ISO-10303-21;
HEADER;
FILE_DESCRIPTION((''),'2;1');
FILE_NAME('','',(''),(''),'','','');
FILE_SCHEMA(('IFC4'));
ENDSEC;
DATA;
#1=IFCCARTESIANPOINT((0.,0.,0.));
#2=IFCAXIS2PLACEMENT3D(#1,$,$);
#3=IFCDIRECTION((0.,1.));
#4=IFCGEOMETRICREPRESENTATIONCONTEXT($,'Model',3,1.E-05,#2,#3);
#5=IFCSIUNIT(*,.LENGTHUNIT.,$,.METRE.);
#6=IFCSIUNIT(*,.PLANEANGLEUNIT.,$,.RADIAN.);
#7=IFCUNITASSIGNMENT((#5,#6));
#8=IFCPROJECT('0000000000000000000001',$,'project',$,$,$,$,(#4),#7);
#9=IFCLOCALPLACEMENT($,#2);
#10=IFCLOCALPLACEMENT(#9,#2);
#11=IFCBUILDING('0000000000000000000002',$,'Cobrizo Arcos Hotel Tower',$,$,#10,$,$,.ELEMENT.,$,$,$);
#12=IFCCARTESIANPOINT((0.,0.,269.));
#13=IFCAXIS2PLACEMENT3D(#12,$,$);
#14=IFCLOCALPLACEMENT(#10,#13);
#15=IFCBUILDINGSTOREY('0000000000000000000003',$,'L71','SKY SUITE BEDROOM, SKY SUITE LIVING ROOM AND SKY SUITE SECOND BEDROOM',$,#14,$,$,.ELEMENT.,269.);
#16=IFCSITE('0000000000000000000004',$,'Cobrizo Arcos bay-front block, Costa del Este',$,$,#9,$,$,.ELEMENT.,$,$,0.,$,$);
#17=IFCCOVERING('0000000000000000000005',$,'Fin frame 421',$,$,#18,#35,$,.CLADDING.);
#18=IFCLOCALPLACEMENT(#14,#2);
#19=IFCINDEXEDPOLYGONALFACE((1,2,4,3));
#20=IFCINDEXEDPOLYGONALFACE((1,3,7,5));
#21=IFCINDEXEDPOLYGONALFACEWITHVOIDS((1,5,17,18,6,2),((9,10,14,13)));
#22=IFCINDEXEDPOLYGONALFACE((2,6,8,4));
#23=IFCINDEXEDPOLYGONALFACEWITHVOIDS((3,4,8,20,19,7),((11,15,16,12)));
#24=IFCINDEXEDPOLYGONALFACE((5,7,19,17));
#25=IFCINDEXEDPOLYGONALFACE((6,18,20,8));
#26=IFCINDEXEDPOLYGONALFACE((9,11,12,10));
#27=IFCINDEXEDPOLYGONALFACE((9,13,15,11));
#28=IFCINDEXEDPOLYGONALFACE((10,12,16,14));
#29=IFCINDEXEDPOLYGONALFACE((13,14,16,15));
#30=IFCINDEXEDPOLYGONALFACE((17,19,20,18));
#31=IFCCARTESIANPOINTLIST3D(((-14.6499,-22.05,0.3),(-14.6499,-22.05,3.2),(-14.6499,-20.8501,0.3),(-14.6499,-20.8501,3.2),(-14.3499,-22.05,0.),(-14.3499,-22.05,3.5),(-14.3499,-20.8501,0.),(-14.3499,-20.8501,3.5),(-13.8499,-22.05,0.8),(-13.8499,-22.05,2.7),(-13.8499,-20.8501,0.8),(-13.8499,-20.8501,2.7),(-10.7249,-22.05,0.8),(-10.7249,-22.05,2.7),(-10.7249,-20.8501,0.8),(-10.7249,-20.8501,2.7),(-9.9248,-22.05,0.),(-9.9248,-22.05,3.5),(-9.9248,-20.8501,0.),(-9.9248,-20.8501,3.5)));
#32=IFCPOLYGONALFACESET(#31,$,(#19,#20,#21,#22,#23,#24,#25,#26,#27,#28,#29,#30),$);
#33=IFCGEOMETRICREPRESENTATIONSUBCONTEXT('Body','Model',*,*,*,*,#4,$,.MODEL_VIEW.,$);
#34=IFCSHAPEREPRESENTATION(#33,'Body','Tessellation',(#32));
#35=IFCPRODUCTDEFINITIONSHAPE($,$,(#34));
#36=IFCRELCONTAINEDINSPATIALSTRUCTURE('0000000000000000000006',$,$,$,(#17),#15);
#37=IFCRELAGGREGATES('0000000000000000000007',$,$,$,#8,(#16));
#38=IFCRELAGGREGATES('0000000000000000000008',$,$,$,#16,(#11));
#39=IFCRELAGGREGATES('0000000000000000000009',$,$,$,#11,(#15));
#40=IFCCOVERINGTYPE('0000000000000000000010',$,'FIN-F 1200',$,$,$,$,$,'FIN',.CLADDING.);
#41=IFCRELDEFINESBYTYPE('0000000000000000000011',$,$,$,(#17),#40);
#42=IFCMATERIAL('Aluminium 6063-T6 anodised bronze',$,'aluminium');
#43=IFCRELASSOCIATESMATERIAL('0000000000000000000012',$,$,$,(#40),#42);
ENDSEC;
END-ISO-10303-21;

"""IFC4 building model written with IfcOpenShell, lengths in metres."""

from ifc_helpers import new_model, si_unit, direction, frame, origin, place, context, subcontext, project, spatial, polyline, outline, extrude, material, type_object, element, save


model = new_model("IFC4")

# Units and contexts
model_context = context("Model", 3, precision=1e-05, world=origin(), true_north=direction((0.0, 1.0)))
body_context = subcontext(model_context, "Body", "Model", "MODEL_VIEW")
ifc_project = project(units=[si_unit("LENGTHUNIT", "METRE"), si_unit("PLANEANGLEUNIT", "RADIAN")], contexts=[model_context])

# Site, building, storey
site_placement = place(None, origin())
site = spatial("IfcSite", under=ifc_project, at=site_placement, Name="Cobrizo Arcos bay-front block, Costa del Este", CompositionType="ELEMENT", RefElevation=0.0)
building_placement = place(site_placement, origin())
building = spatial("IfcBuilding", under=site, at=building_placement, Name="Cobrizo Arcos Hotel Tower", CompositionType="ELEMENT")
storey_placement = place(building_placement, frame((0.0, 0.0, 269.0)))
storey = spatial("IfcBuildingStorey", under=building, at=storey_placement, Name="L71", Description="SKY SUITE BEDROOM, SKY SUITE LIVING ROOM AND SKY SUITE SECOND BEDROOM", CompositionType="ELEMENT", Elevation=269.0)

# Shared definitions
ifc_material_1 = material(Name="Aluminium 6063-T6 anodised bronze", Category="aluminium")

# Covering
covering_type = type_object("IfcCoveringType", Name="FIN-F 1200", ElementType="FIN", PredefinedType="CLADDING", material=ifc_material_1)
covering_placement = place(storey_placement, frame((-14.6499, -20.8501, 0.0), z_axis=(0.0, -1.0, 0.0), x_axis=(1.0, 0.0, 0.0)))
element("IfcCovering", 1, at=covering_placement, inside=storey, type_object=covering_type, Name="Fin frame 421", PredefinedType="CLADDING", context=body_context, shape_type="SweptSolid", body=[
    extrude(outline(polyline([(0.0, 0.3), (0.3, 0.0), (4.7251, 0.0), (4.7251, 3.5), (0.3, 3.5), (0.0, 3.2), (0.0, 0.3)]), holes=[polyline([(3.925, 0.8), (0.8, 0.8), (0.8, 2.7), (3.925, 2.7), (3.925, 0.8)])]), origin(), (0.0, 0.0, 1.0), 1.2),
])

save(model, "model.ifc")
